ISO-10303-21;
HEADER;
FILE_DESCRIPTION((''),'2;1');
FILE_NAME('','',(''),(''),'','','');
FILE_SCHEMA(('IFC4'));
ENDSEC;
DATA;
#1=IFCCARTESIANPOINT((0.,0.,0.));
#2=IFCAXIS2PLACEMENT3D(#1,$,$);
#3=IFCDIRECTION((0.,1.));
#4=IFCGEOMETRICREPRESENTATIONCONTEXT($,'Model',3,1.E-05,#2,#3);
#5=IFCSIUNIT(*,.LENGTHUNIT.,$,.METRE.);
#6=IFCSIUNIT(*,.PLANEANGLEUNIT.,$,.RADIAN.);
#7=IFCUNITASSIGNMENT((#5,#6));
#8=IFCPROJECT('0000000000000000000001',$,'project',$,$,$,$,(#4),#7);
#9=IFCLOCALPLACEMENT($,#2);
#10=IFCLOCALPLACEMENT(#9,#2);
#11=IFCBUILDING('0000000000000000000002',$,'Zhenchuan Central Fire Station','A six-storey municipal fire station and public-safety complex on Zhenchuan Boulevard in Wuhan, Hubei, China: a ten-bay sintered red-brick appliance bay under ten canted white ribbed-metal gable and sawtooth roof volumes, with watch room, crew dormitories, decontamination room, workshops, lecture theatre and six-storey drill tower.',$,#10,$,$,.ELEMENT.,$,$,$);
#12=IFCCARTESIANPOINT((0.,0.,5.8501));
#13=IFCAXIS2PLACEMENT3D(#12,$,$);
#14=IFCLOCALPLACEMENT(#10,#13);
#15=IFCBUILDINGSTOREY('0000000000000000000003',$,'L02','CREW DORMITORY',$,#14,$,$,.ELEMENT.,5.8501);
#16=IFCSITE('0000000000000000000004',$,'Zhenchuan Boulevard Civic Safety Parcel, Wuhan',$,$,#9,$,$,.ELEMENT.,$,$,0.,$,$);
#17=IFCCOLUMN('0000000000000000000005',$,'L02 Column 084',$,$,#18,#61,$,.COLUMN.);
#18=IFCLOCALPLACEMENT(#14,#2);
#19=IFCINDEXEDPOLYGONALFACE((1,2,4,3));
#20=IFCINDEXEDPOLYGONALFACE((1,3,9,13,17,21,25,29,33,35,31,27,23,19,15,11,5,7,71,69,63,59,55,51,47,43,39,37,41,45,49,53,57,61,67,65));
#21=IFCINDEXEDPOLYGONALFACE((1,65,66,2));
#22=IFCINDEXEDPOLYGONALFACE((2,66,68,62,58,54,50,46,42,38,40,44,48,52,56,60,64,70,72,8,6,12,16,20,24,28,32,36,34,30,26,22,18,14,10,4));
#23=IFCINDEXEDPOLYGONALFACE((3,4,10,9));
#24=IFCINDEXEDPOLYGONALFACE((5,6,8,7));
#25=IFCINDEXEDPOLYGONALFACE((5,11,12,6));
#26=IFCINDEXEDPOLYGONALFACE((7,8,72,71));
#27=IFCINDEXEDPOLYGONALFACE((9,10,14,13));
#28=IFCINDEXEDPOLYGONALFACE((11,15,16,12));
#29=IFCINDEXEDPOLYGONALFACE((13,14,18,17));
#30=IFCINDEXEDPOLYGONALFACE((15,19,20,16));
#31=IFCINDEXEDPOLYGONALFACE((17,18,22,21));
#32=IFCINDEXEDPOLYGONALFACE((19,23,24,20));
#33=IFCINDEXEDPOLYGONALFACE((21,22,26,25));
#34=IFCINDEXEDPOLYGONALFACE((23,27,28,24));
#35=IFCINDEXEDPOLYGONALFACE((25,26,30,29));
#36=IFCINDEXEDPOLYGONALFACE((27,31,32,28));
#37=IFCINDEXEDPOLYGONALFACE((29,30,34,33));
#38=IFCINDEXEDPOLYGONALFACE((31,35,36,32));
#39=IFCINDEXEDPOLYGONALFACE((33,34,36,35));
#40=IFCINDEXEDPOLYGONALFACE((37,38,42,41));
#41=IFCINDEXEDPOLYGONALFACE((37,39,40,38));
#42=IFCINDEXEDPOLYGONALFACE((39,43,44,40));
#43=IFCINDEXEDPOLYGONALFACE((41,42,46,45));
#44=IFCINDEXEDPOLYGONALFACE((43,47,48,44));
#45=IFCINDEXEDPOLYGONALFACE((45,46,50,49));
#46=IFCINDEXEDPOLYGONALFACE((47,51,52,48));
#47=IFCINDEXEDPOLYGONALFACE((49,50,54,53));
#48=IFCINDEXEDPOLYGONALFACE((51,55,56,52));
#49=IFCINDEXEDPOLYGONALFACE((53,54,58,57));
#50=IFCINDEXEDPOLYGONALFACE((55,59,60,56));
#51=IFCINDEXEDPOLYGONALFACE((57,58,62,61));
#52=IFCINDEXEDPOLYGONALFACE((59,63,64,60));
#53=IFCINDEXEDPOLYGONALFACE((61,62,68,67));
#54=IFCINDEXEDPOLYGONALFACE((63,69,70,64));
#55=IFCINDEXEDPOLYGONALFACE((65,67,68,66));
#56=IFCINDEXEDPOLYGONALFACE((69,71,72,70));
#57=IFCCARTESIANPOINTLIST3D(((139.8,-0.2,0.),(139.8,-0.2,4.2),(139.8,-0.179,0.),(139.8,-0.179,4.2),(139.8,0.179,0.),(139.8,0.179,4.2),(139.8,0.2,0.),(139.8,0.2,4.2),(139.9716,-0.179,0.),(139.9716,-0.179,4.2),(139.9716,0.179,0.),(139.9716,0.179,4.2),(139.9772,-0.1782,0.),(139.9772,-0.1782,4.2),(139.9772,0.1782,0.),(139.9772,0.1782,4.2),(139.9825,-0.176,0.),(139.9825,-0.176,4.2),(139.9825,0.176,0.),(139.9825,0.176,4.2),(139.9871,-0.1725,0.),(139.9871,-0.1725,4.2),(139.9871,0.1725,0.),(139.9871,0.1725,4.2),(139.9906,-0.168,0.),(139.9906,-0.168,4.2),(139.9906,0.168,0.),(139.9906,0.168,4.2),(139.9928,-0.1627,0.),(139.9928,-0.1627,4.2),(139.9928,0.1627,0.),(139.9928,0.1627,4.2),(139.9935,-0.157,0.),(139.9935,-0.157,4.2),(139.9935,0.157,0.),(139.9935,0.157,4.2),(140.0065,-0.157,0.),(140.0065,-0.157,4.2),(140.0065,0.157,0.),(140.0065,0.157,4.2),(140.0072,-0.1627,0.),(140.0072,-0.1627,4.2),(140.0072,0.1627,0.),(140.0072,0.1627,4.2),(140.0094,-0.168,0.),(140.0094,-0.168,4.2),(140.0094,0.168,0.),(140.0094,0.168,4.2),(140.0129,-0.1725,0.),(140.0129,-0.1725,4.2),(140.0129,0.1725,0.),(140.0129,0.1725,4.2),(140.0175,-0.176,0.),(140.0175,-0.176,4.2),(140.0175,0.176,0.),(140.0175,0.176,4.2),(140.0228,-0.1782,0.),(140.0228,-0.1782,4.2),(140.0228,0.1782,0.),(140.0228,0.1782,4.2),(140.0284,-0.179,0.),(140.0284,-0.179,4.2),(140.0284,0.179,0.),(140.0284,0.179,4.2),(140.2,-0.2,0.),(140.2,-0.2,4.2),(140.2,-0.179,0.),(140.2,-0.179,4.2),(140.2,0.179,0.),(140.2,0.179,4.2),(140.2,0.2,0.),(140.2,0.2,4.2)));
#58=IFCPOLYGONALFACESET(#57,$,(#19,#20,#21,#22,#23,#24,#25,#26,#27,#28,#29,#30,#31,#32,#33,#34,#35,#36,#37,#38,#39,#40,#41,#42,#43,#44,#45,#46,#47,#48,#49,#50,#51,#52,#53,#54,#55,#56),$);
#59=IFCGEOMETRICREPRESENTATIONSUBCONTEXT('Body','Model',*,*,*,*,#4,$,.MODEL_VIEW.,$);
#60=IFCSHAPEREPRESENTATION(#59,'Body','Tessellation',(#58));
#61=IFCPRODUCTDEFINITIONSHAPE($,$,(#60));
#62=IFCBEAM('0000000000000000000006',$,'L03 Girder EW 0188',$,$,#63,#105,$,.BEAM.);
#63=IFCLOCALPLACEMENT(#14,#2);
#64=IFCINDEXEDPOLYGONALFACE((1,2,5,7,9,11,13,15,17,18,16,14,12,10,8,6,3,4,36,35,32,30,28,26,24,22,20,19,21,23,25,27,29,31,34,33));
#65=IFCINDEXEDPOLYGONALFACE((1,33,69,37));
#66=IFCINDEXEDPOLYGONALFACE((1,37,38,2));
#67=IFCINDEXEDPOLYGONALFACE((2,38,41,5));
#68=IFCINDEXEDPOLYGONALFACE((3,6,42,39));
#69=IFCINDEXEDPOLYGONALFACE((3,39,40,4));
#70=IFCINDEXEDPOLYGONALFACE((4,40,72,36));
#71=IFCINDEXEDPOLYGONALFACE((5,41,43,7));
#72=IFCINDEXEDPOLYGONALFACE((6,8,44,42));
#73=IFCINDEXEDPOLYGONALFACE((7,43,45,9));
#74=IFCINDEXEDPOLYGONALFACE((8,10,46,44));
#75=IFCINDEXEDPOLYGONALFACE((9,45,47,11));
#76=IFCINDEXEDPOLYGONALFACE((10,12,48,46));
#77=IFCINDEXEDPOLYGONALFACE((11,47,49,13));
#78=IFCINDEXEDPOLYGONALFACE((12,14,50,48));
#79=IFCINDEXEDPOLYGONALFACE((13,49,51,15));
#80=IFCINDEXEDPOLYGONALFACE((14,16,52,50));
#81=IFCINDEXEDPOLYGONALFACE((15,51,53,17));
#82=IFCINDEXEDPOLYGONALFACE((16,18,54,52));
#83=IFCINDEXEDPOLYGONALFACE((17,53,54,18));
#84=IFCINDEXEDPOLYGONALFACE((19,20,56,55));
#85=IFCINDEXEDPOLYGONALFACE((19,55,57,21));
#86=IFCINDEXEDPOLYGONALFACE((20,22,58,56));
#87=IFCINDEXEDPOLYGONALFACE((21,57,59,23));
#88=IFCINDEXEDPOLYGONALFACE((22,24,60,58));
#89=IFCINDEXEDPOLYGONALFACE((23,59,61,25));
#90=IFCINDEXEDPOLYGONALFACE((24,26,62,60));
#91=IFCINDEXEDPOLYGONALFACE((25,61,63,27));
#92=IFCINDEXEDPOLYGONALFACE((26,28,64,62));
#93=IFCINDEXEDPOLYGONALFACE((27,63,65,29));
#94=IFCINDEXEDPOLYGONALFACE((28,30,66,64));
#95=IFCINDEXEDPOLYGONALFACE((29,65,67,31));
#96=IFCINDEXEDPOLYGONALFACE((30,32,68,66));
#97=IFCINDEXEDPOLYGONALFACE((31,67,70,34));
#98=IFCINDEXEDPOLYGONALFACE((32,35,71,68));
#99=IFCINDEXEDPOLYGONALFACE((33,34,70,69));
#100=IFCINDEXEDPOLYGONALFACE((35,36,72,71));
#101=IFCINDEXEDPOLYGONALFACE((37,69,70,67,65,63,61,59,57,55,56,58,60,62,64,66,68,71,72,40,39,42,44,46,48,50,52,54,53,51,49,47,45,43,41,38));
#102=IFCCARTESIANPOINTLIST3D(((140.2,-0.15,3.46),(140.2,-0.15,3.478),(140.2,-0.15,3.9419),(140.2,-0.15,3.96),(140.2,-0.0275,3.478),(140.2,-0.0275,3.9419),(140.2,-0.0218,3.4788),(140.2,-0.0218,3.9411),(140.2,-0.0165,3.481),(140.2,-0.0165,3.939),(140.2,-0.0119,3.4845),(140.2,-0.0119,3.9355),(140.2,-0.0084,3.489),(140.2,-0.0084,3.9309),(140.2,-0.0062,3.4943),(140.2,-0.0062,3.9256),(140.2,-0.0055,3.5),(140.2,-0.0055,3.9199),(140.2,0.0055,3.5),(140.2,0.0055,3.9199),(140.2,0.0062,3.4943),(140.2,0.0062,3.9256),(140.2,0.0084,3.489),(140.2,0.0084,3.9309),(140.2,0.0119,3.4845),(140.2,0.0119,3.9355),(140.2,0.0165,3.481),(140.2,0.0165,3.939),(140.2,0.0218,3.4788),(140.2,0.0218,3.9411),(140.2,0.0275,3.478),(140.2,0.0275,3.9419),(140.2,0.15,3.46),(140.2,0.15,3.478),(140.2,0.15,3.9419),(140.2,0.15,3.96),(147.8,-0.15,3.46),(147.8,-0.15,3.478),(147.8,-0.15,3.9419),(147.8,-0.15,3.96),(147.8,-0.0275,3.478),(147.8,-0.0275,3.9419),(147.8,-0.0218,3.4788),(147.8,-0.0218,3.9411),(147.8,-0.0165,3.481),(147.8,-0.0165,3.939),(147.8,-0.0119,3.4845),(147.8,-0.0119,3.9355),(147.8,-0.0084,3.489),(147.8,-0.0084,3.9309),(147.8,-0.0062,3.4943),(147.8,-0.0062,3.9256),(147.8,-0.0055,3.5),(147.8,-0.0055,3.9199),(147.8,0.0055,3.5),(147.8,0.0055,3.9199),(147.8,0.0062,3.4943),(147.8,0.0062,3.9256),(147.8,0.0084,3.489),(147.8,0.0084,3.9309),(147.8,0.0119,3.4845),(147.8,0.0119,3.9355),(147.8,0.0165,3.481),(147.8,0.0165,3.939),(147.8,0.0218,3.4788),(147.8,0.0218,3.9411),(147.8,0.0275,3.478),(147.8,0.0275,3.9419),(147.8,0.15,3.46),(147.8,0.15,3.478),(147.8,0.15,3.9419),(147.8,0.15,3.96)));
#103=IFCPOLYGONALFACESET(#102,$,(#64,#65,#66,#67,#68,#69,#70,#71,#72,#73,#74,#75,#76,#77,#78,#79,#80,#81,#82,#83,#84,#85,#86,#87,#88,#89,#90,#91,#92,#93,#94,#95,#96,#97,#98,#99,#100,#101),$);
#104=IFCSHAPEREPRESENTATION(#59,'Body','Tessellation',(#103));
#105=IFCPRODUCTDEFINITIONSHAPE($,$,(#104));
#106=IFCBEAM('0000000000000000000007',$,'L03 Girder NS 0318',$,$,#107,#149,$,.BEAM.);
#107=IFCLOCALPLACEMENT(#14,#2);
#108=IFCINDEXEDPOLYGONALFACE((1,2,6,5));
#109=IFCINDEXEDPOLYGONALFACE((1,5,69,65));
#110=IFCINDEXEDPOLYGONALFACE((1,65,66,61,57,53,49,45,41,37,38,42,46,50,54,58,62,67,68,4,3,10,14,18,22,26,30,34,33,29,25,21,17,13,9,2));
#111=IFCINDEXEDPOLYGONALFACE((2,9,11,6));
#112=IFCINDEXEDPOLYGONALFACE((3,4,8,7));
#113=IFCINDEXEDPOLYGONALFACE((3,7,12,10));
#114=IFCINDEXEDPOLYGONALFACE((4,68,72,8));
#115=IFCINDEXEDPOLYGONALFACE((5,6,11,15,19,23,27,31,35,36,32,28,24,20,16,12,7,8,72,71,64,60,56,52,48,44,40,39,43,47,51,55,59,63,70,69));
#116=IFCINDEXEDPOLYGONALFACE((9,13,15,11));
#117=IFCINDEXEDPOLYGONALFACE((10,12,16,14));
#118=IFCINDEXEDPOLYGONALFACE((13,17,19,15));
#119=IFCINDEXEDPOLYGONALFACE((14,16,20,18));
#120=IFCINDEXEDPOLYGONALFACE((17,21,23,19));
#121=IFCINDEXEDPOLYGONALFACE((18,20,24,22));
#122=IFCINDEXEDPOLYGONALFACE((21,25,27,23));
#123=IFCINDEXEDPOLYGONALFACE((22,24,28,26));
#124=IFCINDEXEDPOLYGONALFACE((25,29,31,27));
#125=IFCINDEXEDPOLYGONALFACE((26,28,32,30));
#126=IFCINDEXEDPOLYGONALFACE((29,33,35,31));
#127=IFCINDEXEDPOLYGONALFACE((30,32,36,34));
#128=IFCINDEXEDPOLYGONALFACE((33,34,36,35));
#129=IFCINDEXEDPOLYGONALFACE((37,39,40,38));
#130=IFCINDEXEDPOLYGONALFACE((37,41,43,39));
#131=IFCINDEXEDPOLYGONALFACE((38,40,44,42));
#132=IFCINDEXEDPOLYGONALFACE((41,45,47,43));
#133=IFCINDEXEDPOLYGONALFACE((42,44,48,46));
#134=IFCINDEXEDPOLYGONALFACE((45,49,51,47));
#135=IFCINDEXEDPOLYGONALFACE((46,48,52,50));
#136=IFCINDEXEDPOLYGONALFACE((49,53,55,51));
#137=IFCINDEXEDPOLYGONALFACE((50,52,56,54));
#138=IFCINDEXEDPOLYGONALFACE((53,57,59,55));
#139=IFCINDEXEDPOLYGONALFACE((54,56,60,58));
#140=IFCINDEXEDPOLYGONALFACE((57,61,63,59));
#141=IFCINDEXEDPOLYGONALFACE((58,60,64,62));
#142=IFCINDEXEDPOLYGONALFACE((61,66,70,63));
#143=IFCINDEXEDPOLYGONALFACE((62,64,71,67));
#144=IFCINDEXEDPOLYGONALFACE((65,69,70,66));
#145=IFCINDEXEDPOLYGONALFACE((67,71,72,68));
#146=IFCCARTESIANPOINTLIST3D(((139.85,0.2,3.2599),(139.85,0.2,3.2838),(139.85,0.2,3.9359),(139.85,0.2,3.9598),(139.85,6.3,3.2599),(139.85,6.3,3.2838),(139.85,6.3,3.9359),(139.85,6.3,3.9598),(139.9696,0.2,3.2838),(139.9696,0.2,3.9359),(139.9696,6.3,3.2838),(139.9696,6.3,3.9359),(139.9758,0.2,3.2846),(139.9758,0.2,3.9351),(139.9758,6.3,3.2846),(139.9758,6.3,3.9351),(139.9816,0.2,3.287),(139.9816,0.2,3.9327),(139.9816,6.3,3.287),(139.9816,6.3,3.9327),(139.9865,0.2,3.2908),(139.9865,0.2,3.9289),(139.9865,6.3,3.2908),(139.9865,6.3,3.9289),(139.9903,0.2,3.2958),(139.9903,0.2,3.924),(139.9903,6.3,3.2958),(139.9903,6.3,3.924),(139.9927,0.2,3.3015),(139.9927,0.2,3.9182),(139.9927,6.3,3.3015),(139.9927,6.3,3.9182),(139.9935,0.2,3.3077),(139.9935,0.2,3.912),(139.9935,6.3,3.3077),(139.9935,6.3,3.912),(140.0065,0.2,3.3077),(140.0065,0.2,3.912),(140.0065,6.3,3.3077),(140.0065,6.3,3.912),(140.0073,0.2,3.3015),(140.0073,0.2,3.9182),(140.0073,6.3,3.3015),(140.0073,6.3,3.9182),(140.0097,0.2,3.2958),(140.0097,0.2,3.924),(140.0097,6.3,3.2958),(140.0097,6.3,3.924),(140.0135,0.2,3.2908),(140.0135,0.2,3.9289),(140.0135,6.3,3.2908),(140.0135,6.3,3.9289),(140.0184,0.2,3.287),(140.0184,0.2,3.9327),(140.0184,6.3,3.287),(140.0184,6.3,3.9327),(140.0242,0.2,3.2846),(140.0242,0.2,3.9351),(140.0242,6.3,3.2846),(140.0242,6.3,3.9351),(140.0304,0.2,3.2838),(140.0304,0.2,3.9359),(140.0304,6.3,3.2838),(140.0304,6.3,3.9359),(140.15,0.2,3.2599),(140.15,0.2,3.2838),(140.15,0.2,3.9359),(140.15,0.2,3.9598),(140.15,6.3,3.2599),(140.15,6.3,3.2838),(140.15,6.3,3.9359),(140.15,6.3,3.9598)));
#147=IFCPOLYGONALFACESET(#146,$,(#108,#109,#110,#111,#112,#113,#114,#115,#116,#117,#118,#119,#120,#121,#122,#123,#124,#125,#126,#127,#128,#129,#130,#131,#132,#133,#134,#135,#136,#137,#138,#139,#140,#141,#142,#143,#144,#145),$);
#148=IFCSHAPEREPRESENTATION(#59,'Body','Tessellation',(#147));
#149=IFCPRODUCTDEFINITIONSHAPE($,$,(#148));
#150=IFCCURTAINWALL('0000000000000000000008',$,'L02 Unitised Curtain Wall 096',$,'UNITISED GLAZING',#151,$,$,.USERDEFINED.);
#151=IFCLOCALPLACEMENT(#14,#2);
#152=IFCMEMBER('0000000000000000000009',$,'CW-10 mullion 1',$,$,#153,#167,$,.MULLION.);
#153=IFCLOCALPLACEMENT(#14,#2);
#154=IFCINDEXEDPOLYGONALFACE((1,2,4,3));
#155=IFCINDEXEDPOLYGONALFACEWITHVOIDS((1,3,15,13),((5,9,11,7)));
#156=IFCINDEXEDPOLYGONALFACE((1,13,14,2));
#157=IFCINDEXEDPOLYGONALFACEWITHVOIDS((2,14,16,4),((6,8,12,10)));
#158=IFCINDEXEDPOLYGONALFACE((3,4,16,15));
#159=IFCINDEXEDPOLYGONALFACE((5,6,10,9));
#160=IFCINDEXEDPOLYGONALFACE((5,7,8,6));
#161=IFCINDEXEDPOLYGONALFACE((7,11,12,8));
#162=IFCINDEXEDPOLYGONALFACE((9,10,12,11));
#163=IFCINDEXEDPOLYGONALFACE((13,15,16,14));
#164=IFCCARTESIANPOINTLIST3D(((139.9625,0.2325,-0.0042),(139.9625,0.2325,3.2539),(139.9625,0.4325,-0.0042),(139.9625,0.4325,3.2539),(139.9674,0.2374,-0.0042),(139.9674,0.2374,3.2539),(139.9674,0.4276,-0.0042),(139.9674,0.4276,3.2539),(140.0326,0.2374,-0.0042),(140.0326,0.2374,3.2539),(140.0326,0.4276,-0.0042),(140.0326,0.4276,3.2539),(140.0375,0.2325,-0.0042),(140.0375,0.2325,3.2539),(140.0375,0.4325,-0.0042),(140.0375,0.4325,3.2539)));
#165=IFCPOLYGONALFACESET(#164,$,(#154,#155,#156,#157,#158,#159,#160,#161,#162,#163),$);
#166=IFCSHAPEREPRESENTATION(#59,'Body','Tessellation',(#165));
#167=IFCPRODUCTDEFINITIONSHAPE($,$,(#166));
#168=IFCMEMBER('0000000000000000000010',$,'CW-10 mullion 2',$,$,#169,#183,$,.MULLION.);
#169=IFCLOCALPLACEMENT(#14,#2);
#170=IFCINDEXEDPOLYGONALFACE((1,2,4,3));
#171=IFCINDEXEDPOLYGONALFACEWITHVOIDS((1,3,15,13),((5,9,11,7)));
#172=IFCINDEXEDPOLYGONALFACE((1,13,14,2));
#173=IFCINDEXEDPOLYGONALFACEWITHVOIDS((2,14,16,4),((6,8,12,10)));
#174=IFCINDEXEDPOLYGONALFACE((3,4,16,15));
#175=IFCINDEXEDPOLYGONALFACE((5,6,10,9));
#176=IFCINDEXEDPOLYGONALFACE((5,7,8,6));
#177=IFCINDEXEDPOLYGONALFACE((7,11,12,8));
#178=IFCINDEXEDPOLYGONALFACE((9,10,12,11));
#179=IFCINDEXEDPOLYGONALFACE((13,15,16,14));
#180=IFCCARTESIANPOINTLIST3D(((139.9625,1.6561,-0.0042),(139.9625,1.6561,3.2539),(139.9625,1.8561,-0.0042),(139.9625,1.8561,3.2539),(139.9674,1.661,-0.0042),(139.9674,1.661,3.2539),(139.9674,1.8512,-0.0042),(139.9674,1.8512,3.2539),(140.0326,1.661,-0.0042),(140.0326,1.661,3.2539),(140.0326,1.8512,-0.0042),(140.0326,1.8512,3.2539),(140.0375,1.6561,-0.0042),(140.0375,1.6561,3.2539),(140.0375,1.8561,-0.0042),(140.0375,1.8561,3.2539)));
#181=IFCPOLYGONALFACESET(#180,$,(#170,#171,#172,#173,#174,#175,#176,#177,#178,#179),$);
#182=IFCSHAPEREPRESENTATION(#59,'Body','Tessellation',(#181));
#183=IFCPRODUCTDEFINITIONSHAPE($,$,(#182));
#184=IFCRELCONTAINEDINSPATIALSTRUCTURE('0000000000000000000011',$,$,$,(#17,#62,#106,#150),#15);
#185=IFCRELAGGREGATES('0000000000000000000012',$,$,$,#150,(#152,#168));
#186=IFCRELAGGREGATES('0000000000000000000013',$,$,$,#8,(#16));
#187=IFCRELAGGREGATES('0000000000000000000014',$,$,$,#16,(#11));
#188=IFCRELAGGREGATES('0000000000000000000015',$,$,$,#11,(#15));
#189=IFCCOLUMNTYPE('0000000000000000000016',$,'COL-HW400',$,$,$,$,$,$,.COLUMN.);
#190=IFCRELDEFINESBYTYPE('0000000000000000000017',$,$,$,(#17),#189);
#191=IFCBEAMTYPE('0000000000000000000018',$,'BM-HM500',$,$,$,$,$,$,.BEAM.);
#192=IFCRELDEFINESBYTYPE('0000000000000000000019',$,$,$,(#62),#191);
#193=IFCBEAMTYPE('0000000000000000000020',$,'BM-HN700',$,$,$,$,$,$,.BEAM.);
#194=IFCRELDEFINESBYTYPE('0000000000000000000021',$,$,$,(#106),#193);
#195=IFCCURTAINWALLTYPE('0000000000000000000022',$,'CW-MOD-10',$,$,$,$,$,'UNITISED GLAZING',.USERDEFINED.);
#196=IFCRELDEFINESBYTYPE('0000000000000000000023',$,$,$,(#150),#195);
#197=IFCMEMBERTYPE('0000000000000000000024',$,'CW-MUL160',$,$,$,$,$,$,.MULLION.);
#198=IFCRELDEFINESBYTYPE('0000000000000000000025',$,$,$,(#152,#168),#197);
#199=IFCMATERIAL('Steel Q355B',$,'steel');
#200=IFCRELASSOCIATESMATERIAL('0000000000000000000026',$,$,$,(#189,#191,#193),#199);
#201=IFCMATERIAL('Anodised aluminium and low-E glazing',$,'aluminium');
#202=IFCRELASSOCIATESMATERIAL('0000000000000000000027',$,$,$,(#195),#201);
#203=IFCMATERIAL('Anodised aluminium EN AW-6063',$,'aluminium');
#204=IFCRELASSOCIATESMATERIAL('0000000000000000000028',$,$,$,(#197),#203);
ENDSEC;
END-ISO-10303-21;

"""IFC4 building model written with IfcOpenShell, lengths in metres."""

from ifc_helpers import new_model, si_unit, direction, frame, origin, origin_2d, place, context, subcontext, project, spatial, hollow_rectangle, i_section, extrude, material, material_profile, profile_set, type_object, element, aggregate, save


model = new_model("IFC4")

# Units and contexts
model_context = context("Model", 3, precision=1e-05, world=origin(), true_north=direction((0.0, 1.0)))
body_context = subcontext(model_context, "Body", "Model", "MODEL_VIEW")
ifc_project = project(units=[si_unit("LENGTHUNIT", "METRE"), si_unit("PLANEANGLEUNIT", "RADIAN")], contexts=[model_context])

# Site, building, storey
site_placement = place(None, origin())
site = spatial("IfcSite", under=ifc_project, at=site_placement, Name="Zhenchuan Boulevard Civic Safety Parcel, Wuhan", CompositionType="ELEMENT", RefElevation=0.0)
building_placement = place(site_placement, origin())
building = spatial("IfcBuilding", under=site, at=building_placement, Name="Zhenchuan Central Fire Station", Description="A six-storey municipal fire station and public-safety complex on Zhenchuan Boulevard in Wuhan, Hubei, China: a ten-bay sintered red-brick appliance bay under ten canted white ribbed-metal gable and sawtooth roof volumes, with watch room, crew dormitories, decontamination room, workshops, lecture theatre and six-storey drill tower.", CompositionType="ELEMENT")
storey_placement = place(building_placement, frame((0.0, 0.0, 5.8501)))
storey = spatial("IfcBuildingStorey", under=building, at=storey_placement, Name="L02", Description="CREW DORMITORY", CompositionType="ELEMENT", Elevation=5.8501)

# Column
ifc_material_1 = material(Name="Steel Q355B", Category="steel")
ifc_material_profile_1 = material_profile(ifc_material_1, i_section(OverallWidth=0.3999, OverallDepth=0.3999, WebThickness=0.0129, FlangeThickness=0.021, FilletRadius=0.022, at=origin_2d()), Name="HW 400x400")
ifc_profile_set_1 = profile_set([ifc_material_profile_1], Name="Steel Q355B")
column_type = type_object("IfcColumnType", Name="COL-HW400", PredefinedType="COLUMN", material=ifc_profile_set_1)
column_placement = place(storey_placement, frame((140.0, 0.0, 0.0), z_axis=(0.0, 0.0, 1.0), x_axis=(1.0, 0.0, 0.0)))
element("IfcColumn", 1, at=column_placement, inside=storey, type_object=column_type, Name="L02 Column 084", PredefinedType="COLUMN", context=body_context, shape_type="SweptSolid", body=[
    extrude(i_section(OverallWidth=0.3999, OverallDepth=0.3999, WebThickness=0.0129, FlangeThickness=0.021, FilletRadius=0.022, at=origin_2d()), origin(), (0.0, 0.0, 1.0), 4.2),
])

# Beams
ifc_material_profile_2 = material_profile(ifc_material_1, i_section(OverallWidth=0.3, OverallDepth=0.5, WebThickness=0.011, FlangeThickness=0.0181, FilletRadius=0.022, at=origin_2d()), Name="HM 500x300")
ifc_profile_set_2 = profile_set([ifc_material_profile_2], Name="Steel Q355B")
beam_type_1 = type_object("IfcBeamType", Name="BM-HM500", PredefinedType="BEAM", material=ifc_profile_set_2)
beam_1_placement = place(storey_placement, frame((140.2, 0.0, 3.71), z_axis=(1.0, 0.0, 0.0), x_axis=(0.0, 1.0, 0.0)))
element("IfcBeam", 2, at=beam_1_placement, inside=storey, type_object=beam_type_1, Name="L03 Girder EW 0188", PredefinedType="BEAM", context=body_context, shape_type="SweptSolid", body=[
    extrude(i_section(OverallWidth=0.3, OverallDepth=0.5, WebThickness=0.011, FlangeThickness=0.0181, FilletRadius=0.022, at=origin_2d()), origin(), (0.0, 0.0, 1.0), 7.6001),
])
ifc_material_profile_3 = material_profile(ifc_material_1, i_section(OverallWidth=0.3, OverallDepth=0.7, WebThickness=0.0129, FlangeThickness=0.0239, FilletRadius=0.0239, at=origin_2d()), Name="HN 700x300")
ifc_profile_set_3 = profile_set([ifc_material_profile_3], Name="Steel Q355B")
beam_type_2 = type_object("IfcBeamType", Name="BM-HN700", PredefinedType="BEAM", material=ifc_profile_set_3)
beam_2_placement = place(storey_placement, frame((140.0, 0.2, 3.6099), z_axis=(0.0, 1.0, 0.0), x_axis=(-1.0, 0.0, 0.0)))
element("IfcBeam", 3, at=beam_2_placement, inside=storey, type_object=beam_type_2, Name="L03 Girder NS 0318", PredefinedType="BEAM", context=body_context, shape_type="SweptSolid", body=[
    extrude(i_section(OverallWidth=0.3, OverallDepth=0.7, WebThickness=0.0129, FlangeThickness=0.0239, FilletRadius=0.0239, at=origin_2d()), origin(), (0.0, 0.0, 1.0), 6.1001),
])

# Curtain wall, members
ifc_material_2 = material(Name="Anodised aluminium and low-E glazing", Category="aluminium")
curtain_wall_type_1 = type_object("IfcCurtainWallType", Name="CW-MOD-10", ElementType="UNITISED GLAZING", PredefinedType="USERDEFINED", material=ifc_material_2)
curtain_wall_1_placement = place(storey_placement, origin())
curtain_wall_1 = element("IfcCurtainWall", 4, at=curtain_wall_1_placement, inside=storey, type_object=curtain_wall_type_1, Name="L02 Unitised Curtain Wall 096", ObjectType="UNITISED GLAZING", PredefinedType="USERDEFINED")
ifc_material_3 = material(Name="Anodised aluminium EN AW-6063", Category="aluminium")
ifc_material_profile_4 = material_profile(ifc_material_3, hollow_rectangle(XDim=0.075, YDim=0.2, WallThickness=0.0049, at=origin_2d()), Name="ALU-M 200x75")
ifc_profile_set_4 = profile_set([ifc_material_profile_4], Name="Anodised aluminium EN AW-6063")
member_type_1 = type_object("IfcMemberType", Name="CW-MUL160", PredefinedType="MULLION", material=ifc_profile_set_4)
member_1_placement = place(storey_placement, frame((140.0, 0.3325, -0.0042), z_axis=(0.0, 0.0, 1.0), x_axis=(-1.0, 0.0, 0.0)))
member_1 = element("IfcMember", 5, at=member_1_placement, type_object=member_type_1, Name="CW-10 mullion 1", PredefinedType="MULLION", context=body_context, shape_type="SweptSolid", body=[
    extrude(hollow_rectangle(XDim=0.075, YDim=0.2, WallThickness=0.0049, at=origin_2d()), origin(), (0.0, 0.0, 1.0), 3.2581),
])
member_2_placement = place(storey_placement, frame((140.0, 1.7561, -0.0042), z_axis=(0.0, 0.0, 1.0), x_axis=(-1.0, 0.0, 0.0)))
member_2 = element("IfcMember", 6, at=member_2_placement, type_object=member_type_1, Name="CW-10 mullion 2", PredefinedType="MULLION", context=body_context, shape_type="SweptSolid", body=[
    extrude(hollow_rectangle(XDim=0.075, YDim=0.2, WallThickness=0.0049, at=origin_2d()), origin(), (0.0, 0.0, 1.0), 3.2581),
])

aggregate(curtain_wall_1, [member_1, member_2])

save(model, "model.ifc")
